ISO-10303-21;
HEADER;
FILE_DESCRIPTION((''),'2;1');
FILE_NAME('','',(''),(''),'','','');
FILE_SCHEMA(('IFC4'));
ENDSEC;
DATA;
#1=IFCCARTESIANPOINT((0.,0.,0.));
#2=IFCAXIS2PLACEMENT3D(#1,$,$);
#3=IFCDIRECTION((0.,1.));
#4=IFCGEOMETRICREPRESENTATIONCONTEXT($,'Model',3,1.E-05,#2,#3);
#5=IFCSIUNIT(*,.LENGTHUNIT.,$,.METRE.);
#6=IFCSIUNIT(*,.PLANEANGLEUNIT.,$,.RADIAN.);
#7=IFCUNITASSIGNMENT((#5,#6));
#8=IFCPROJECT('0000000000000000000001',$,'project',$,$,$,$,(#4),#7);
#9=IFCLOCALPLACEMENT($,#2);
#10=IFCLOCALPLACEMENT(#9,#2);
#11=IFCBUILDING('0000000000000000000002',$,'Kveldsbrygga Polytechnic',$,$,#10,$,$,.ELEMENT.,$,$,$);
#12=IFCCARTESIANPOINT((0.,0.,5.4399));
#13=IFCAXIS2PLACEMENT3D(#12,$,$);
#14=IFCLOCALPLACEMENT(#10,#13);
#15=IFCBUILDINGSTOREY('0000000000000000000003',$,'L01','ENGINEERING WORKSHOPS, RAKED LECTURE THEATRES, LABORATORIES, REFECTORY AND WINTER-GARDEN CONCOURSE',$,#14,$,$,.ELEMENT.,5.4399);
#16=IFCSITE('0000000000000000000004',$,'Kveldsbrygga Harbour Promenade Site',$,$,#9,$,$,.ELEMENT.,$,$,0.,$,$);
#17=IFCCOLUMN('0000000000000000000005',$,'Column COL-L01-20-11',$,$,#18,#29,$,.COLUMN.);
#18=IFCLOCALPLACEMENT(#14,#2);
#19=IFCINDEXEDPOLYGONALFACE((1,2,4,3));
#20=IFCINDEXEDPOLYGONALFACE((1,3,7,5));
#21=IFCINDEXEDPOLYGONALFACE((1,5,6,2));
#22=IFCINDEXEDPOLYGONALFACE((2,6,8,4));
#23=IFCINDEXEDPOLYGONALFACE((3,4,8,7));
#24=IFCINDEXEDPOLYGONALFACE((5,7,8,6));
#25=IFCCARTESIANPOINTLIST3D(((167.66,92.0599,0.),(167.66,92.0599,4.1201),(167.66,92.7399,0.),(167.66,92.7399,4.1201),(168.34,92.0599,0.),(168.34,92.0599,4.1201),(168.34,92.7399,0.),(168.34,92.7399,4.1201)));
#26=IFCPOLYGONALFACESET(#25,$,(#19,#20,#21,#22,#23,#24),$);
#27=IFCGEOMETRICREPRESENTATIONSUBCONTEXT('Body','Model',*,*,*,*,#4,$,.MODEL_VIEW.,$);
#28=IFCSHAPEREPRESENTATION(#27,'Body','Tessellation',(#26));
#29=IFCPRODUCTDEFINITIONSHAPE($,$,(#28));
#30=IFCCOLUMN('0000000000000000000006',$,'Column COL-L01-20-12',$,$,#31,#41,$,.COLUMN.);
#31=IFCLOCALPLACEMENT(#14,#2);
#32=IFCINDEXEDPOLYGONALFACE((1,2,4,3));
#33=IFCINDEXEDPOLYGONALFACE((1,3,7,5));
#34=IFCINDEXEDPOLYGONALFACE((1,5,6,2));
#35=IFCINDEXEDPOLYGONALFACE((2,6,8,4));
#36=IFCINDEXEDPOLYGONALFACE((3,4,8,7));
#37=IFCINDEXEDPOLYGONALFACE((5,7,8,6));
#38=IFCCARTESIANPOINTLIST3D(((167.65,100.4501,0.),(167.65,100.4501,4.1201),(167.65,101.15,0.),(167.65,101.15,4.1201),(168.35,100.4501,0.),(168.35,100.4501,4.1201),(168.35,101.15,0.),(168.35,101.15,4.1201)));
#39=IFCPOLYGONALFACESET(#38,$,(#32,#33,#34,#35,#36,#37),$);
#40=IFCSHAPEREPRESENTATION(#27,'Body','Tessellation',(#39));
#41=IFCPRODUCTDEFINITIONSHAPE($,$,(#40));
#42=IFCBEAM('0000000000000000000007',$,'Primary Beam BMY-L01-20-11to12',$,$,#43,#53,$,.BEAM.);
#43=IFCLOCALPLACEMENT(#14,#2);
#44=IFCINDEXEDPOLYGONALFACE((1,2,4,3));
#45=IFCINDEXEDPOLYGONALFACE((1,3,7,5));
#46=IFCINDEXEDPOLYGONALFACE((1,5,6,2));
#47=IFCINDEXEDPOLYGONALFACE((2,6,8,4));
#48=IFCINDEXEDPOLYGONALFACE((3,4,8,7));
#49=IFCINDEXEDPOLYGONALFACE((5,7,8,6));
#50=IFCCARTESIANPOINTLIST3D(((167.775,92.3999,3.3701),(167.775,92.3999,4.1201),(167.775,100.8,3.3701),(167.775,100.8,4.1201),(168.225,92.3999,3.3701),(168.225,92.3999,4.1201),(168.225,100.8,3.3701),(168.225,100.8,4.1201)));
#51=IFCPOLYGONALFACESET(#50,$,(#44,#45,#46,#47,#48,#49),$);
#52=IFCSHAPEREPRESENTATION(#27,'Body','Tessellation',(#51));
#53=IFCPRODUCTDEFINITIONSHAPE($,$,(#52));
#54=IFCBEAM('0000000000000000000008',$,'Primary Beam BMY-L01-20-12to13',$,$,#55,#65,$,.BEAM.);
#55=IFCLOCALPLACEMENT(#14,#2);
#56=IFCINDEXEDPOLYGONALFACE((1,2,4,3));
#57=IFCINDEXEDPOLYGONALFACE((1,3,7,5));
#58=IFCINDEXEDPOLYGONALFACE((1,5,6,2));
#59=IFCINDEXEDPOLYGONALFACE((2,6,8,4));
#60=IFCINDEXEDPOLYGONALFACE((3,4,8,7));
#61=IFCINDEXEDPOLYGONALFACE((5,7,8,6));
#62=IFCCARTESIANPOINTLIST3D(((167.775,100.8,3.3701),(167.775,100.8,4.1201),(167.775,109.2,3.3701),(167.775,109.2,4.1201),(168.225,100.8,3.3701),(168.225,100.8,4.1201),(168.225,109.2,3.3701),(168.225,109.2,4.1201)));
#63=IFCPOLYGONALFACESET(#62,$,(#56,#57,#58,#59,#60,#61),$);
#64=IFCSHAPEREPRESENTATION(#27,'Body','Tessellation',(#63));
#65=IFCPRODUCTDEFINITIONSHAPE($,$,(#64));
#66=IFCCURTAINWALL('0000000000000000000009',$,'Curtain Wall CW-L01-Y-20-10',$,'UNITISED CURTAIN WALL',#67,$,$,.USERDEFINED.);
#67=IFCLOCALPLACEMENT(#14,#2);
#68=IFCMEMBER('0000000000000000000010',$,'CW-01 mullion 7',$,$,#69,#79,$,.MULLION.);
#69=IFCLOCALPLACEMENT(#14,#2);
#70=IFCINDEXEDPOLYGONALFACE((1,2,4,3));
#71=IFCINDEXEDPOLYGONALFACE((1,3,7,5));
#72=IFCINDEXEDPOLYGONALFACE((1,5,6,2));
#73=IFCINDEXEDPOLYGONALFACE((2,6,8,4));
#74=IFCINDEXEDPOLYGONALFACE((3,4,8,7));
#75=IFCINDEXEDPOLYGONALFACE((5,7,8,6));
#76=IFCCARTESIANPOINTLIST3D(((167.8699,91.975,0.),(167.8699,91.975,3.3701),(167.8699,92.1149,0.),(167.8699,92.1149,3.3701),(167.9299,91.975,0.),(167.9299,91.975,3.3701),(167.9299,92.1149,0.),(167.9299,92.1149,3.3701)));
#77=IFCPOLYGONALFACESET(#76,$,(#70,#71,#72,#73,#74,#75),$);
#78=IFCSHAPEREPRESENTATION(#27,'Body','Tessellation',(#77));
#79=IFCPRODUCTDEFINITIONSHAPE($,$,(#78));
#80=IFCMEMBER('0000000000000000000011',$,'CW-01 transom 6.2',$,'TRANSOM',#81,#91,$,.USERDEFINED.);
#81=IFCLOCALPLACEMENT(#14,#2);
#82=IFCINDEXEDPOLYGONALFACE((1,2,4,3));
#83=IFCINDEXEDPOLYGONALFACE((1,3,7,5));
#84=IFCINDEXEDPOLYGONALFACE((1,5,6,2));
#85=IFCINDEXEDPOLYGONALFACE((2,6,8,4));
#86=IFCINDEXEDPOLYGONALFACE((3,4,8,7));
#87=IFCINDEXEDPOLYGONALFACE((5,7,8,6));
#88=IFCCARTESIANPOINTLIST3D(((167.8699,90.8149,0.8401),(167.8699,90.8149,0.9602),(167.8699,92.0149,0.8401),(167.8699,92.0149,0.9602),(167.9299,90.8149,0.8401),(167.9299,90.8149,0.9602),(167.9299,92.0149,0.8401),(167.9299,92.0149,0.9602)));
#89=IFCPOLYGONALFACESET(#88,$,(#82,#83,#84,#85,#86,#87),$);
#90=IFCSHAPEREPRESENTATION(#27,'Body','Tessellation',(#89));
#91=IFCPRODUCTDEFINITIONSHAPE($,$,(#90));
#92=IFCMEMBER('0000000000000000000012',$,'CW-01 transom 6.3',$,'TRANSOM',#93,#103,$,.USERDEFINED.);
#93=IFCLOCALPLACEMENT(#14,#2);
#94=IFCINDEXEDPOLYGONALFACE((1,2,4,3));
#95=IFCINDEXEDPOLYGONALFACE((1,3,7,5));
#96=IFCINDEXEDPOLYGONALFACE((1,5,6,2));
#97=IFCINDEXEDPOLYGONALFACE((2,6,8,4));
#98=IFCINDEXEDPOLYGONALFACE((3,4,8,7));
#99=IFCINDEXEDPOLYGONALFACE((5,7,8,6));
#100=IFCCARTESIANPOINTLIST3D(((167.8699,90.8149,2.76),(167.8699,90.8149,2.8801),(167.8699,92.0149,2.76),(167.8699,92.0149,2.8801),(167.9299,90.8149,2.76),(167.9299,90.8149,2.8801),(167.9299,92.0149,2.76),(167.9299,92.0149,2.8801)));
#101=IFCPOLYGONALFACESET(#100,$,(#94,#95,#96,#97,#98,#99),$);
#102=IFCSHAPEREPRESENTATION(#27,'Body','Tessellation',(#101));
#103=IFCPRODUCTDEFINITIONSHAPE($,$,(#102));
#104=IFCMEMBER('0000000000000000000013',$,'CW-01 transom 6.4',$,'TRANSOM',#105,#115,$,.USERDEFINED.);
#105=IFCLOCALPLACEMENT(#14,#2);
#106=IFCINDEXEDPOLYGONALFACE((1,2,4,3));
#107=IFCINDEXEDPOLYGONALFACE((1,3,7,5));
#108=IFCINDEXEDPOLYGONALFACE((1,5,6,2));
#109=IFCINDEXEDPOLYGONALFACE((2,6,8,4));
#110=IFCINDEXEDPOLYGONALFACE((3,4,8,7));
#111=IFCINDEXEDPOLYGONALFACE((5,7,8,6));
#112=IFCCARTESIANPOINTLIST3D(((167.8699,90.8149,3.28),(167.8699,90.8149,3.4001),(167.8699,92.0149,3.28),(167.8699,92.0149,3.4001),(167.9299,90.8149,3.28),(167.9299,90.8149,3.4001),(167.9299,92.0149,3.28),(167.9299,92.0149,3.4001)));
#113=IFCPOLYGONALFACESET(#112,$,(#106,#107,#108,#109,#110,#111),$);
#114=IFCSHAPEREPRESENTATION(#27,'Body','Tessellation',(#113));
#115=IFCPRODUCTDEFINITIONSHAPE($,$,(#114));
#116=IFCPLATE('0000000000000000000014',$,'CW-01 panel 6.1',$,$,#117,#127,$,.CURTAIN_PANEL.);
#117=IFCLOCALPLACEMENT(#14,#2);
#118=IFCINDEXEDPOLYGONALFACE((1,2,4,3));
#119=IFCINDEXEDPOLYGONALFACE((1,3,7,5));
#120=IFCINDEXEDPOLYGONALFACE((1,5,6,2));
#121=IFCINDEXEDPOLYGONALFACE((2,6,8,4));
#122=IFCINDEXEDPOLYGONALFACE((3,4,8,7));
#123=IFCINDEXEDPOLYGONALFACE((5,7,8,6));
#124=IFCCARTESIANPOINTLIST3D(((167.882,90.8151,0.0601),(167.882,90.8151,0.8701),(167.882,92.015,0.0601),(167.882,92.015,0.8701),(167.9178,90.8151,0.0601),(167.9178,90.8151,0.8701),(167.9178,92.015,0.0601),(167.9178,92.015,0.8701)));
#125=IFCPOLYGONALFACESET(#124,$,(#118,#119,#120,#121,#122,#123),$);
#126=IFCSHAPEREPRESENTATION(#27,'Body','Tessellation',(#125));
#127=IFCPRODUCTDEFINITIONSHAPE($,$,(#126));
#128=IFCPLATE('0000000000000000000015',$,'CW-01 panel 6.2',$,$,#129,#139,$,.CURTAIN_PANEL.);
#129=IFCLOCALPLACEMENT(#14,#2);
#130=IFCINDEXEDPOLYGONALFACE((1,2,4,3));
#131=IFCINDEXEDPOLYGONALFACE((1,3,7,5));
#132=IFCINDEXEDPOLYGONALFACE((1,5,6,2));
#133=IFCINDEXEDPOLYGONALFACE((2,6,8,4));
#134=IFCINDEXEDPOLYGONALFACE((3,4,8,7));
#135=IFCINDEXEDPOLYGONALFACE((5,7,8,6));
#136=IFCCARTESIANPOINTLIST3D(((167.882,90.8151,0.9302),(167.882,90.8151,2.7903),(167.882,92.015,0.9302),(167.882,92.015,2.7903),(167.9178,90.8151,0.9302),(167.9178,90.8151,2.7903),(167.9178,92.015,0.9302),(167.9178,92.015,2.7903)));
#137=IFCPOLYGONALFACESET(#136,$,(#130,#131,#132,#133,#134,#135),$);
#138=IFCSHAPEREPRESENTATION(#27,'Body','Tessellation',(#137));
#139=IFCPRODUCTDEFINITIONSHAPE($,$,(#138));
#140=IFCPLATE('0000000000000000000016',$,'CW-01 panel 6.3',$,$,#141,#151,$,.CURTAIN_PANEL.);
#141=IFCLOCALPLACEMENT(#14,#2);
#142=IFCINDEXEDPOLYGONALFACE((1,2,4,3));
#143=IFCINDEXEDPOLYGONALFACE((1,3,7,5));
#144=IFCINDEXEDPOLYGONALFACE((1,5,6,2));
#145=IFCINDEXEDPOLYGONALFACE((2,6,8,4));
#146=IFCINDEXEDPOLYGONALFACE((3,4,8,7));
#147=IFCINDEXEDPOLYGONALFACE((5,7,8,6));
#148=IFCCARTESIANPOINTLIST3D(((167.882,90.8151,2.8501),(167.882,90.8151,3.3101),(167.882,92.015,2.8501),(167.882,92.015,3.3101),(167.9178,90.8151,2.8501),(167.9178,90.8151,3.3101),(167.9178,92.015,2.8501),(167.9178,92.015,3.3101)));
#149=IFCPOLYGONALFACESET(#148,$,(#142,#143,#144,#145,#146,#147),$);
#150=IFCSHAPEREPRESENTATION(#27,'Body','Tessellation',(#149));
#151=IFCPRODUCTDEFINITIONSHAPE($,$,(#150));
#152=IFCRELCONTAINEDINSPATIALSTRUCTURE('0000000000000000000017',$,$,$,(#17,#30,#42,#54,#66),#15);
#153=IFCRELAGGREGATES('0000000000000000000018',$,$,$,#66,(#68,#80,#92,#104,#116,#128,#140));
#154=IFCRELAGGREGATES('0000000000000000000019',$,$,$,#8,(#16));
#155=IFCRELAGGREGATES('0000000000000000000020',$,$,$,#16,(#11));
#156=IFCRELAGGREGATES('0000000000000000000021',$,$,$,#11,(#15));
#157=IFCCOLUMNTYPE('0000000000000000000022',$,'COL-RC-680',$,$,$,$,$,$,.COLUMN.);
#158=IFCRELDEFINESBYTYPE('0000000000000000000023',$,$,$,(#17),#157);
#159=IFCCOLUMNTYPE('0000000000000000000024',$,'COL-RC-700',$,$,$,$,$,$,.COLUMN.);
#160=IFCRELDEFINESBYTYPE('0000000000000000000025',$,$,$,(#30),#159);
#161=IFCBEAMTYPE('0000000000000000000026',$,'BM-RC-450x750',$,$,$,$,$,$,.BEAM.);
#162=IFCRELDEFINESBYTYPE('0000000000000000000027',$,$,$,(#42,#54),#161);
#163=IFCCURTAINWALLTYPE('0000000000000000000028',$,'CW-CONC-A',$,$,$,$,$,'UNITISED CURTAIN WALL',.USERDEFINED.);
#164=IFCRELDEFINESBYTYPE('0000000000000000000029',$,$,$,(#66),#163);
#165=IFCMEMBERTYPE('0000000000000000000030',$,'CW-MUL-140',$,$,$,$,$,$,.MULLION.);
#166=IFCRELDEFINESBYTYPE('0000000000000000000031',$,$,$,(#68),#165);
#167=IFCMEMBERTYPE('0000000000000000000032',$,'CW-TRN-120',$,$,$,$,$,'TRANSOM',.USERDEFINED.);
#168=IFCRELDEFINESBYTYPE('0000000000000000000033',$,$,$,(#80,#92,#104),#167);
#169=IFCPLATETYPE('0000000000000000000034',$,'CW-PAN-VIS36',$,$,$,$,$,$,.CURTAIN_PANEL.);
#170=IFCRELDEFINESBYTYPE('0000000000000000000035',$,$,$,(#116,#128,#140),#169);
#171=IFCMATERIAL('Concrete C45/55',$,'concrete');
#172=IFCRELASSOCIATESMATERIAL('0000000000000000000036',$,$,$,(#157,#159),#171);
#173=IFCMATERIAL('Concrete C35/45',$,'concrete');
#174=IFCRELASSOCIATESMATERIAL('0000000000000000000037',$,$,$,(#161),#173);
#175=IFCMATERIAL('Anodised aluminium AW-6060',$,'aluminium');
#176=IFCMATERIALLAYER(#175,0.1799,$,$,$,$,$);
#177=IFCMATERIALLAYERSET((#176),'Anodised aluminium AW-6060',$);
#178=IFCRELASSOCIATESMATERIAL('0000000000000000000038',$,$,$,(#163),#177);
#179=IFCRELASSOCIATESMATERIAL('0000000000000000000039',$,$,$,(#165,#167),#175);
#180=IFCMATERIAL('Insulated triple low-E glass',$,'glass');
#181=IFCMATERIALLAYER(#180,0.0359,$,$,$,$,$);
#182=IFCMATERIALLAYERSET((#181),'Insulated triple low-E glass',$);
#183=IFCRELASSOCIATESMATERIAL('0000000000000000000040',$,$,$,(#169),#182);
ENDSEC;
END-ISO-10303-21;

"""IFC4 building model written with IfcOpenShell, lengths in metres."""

from ifc_helpers import new_model, si_unit, direction, frame, origin, origin_2d, place, context, subcontext, project, spatial, rectangle, extrude, material, layer, layer_set, material_profile, profile_set, type_object, element, aggregate, save


model = new_model("IFC4")

# Units and contexts
model_context = context("Model", 3, precision=1e-05, world=origin(), true_north=direction((0.0, 1.0)))
body_context = subcontext(model_context, "Body", "Model", "MODEL_VIEW")
ifc_project = project(units=[si_unit("LENGTHUNIT", "METRE"), si_unit("PLANEANGLEUNIT", "RADIAN")], contexts=[model_context])

# Site, building, storey
site_placement = place(None, origin())
site = spatial("IfcSite", under=ifc_project, at=site_placement, Name="Kveldsbrygga Harbour Promenade Site", CompositionType="ELEMENT", RefElevation=0.0)
building_placement = place(site_placement, origin())
building = spatial("IfcBuilding", under=site, at=building_placement, Name="Kveldsbrygga Polytechnic", CompositionType="ELEMENT")
storey_placement = place(building_placement, frame((0.0, 0.0, 5.4399)))
storey = spatial("IfcBuildingStorey", under=building, at=storey_placement, Name="L01", Description="ENGINEERING WORKSHOPS, RAKED LECTURE THEATRES, LABORATORIES, REFECTORY AND WINTER-GARDEN CONCOURSE", CompositionType="ELEMENT", Elevation=5.4399)

# Columns
ifc_material_1 = material(Name="Concrete C45/55", Category="concrete")
ifc_material_profile_1 = material_profile(ifc_material_1, rectangle(XDim=0.6799, YDim=0.6799, at=origin_2d()), Name="RC 680x680")
ifc_profile_set_1 = profile_set([ifc_material_profile_1], Name="Concrete C45/55")
column_type_1 = type_object("IfcColumnType", Name="COL-RC-680", PredefinedType="COLUMN", material=ifc_profile_set_1)
column_1_placement = place(storey_placement, frame((168.0, 92.3999, 0.0), z_axis=(0.0, 0.0, 1.0), x_axis=(1.0, 0.0, 0.0)))
element("IfcColumn", 1, at=column_1_placement, inside=storey, type_object=column_type_1, Name="Column COL-L01-20-11", PredefinedType="COLUMN", context=body_context, shape_type="SweptSolid", body=[
    extrude(rectangle(XDim=0.6799, YDim=0.6799, at=origin_2d()), origin(), (0.0, 0.0, 1.0), 4.1201),
])
ifc_material_profile_2 = material_profile(ifc_material_1, rectangle(XDim=0.7, YDim=0.7, at=origin_2d()), Name="RC 700x700")
ifc_profile_set_2 = profile_set([ifc_material_profile_2], Name="Concrete C45/55")
column_type_2 = type_object("IfcColumnType", Name="COL-RC-700", PredefinedType="COLUMN", material=ifc_profile_set_2)
column_2_placement = place(storey_placement, frame((168.0, 100.8, 0.0), z_axis=(0.0, 0.0, 1.0), x_axis=(1.0, 0.0, 0.0)))
element("IfcColumn", 2, at=column_2_placement, inside=storey, type_object=column_type_2, Name="Column COL-L01-20-12", PredefinedType="COLUMN", context=body_context, shape_type="SweptSolid", body=[
    extrude(rectangle(XDim=0.7, YDim=0.7, at=origin_2d()), origin(), (0.0, 0.0, 1.0), 4.1201),
])

# Beams
ifc_material_2 = material(Name="Concrete C35/45", Category="concrete")
ifc_material_profile_3 = material_profile(ifc_material_2, rectangle(XDim=0.45, YDim=0.75, at=origin_2d()), Name="RC 450x750")
ifc_profile_set_3 = profile_set([ifc_material_profile_3], Name="Concrete C35/45")
beam_type = type_object("IfcBeamType", Name="BM-RC-450x750", PredefinedType="BEAM", material=ifc_profile_set_3)
beam_1_placement = place(storey_placement, frame((168.0, 92.3999, 3.7451), z_axis=(0.0, 1.0, 0.0), x_axis=(-1.0, 0.0, 0.0)))
element("IfcBeam", 3, at=beam_1_placement, inside=storey, type_object=beam_type, Name="Primary Beam BMY-L01-20-11to12", PredefinedType="BEAM", context=body_context, shape_type="SweptSolid", body=[
    extrude(rectangle(XDim=0.45, YDim=0.75, at=origin_2d()), origin(), (0.0, 0.0, 1.0), 8.4001),
])
beam_2_placement = place(storey_placement, frame((168.0, 100.8, 3.7451), z_axis=(0.0, 1.0, 0.0), x_axis=(-1.0, 0.0, 0.0)))
element("IfcBeam", 4, at=beam_2_placement, inside=storey, type_object=beam_type, Name="Primary Beam BMY-L01-20-12to13", PredefinedType="BEAM", context=body_context, shape_type="SweptSolid", body=[
    extrude(rectangle(XDim=0.45, YDim=0.75, at=origin_2d()), origin(), (0.0, 0.0, 1.0), 8.3999),
])

# Curtain wall, members, plates
ifc_material_3 = material(Name="Anodised aluminium AW-6060", Category="aluminium")
ifc_layer_1 = layer(ifc_material_3, 0.1799)
ifc_layer_set_1 = layer_set([ifc_layer_1], Name="Anodised aluminium AW-6060")
curtain_wall_type = type_object("IfcCurtainWallType", Name="CW-CONC-A", ElementType="UNITISED CURTAIN WALL", PredefinedType="USERDEFINED", material=ifc_layer_set_1)
curtain_wall_placement = place(storey_placement, origin())
curtain_wall = element("IfcCurtainWall", 5, at=curtain_wall_placement, inside=storey, type_object=curtain_wall_type, Name="Curtain Wall CW-L01-Y-20-10", ObjectType="UNITISED CURTAIN WALL", PredefinedType="USERDEFINED")
ifc_material_profile_4 = material_profile(ifc_material_3, rectangle(XDim=0.0601, YDim=0.1399, at=origin_2d()), Name="ALU 60x140")
ifc_profile_set_4 = profile_set([ifc_material_profile_4], Name="Anodised aluminium AW-6060")
member_type_1 = type_object("IfcMemberType", Name="CW-MUL-140", PredefinedType="MULLION", material=ifc_profile_set_4)
member_1_placement = place(storey_placement, frame((167.8999, 92.0449, 0.0), z_axis=(0.0, 0.0, 1.0), x_axis=(-1.0, 0.0, 0.0)))
member_1 = element("IfcMember", 6, at=member_1_placement, type_object=member_type_1, Name="CW-01 mullion 7", PredefinedType="MULLION", context=body_context, shape_type="SweptSolid", body=[
    extrude(rectangle(XDim=0.0601, YDim=0.1399, at=origin_2d()), origin(), (0.0, 0.0, 1.0), 3.3701),
])
ifc_material_profile_5 = material_profile(ifc_material_3, rectangle(XDim=0.0601, YDim=0.1201, at=origin_2d()), Name="ALU 60x120")
ifc_profile_set_5 = profile_set([ifc_material_profile_5], Name="Anodised aluminium AW-6060")
member_type_2 = type_object("IfcMemberType", Name="CW-TRN-120", ElementType="TRANSOM", PredefinedType="USERDEFINED", material=ifc_profile_set_5)
member_2_placement = place(storey_placement, frame((167.8999, 90.8149, 0.9001), z_axis=(0.0, 1.0, 0.0), x_axis=(-1.0, 0.0, 0.0)))
member_2 = element("IfcMember", 7, at=member_2_placement, type_object=member_type_2, Name="CW-01 transom 6.2", ObjectType="TRANSOM", PredefinedType="USERDEFINED", context=body_context, shape_type="SweptSolid", body=[
    extrude(rectangle(XDim=0.0601, YDim=0.1201, at=origin_2d()), origin(), (0.0, 0.0, 1.0), 1.2),
])
member_3_placement = place(storey_placement, frame((167.8999, 90.8149, 2.8201), z_axis=(0.0, 1.0, 0.0), x_axis=(-1.0, 0.0, 0.0)))
member_3 = element("IfcMember", 8, at=member_3_placement, type_object=member_type_2, Name="CW-01 transom 6.3", ObjectType="TRANSOM", PredefinedType="USERDEFINED", context=body_context, shape_type="SweptSolid", body=[
    extrude(rectangle(XDim=0.0601, YDim=0.1201, at=origin_2d()), origin(), (0.0, 0.0, 1.0), 1.2),
])
member_4_placement = place(storey_placement, frame((167.8999, 90.8149, 3.3401), z_axis=(0.0, 1.0, 0.0), x_axis=(-1.0, 0.0, 0.0)))
member_4 = element("IfcMember", 9, at=member_4_placement, type_object=member_type_2, Name="CW-01 transom 6.4", ObjectType="TRANSOM", PredefinedType="USERDEFINED", context=body_context, shape_type="SweptSolid", body=[
    extrude(rectangle(XDim=0.0601, YDim=0.1201, at=origin_2d()), origin(), (0.0, 0.0, 1.0), 1.2),
])
ifc_material_4 = material(Name="Insulated triple low-E glass", Category="glass")
ifc_layer_2 = layer(ifc_material_4, 0.0359)
ifc_layer_set_2 = layer_set([ifc_layer_2], Name="Insulated triple low-E glass")
plate_type = type_object("IfcPlateType", Name="CW-PAN-VIS36", PredefinedType="CURTAIN_PANEL", material=ifc_layer_set_2)
plate_1_placement = place(storey_placement, frame((167.8999, 91.415, 0.0601), z_axis=(0.0, 0.0, 1.0), x_axis=(0.0, 1.0, 0.0)))
plate_1 = element("IfcPlate", 10, at=plate_1_placement, type_object=plate_type, Name="CW-01 panel 6.1", PredefinedType="CURTAIN_PANEL", context=body_context, shape_type="SweptSolid", body=[
    extrude(rectangle(XDim=1.2, YDim=0.0359, at=origin_2d()), origin(), (0.0, 0.0, 1.0), 0.8101),
])
plate_2_placement = place(storey_placement, frame((167.8999, 91.415, 0.9302), z_axis=(0.0, 0.0, 1.0), x_axis=(0.0, 1.0, 0.0)))
plate_2 = element("IfcPlate", 11, at=plate_2_placement, type_object=plate_type, Name="CW-01 panel 6.2", PredefinedType="CURTAIN_PANEL", context=body_context, shape_type="SweptSolid", body=[
    extrude(rectangle(XDim=1.2, YDim=0.0359, at=origin_2d()), origin(), (0.0, 0.0, 1.0), 1.8601),
])
plate_3_placement = place(storey_placement, frame((167.8999, 91.415, 2.8501), z_axis=(0.0, 0.0, 1.0), x_axis=(0.0, 1.0, 0.0)))
plate_3 = element("IfcPlate", 12, at=plate_3_placement, type_object=plate_type, Name="CW-01 panel 6.3", PredefinedType="CURTAIN_PANEL", context=body_context, shape_type="SweptSolid", body=[
    extrude(rectangle(XDim=1.2, YDim=0.0359, at=origin_2d()), origin(), (0.0, 0.0, 1.0), 0.46),
])
aggregate(curtain_wall, [member_1, member_2, member_3, member_4, plate_1, plate_2, plate_3])

save(model, "model.ifc")
